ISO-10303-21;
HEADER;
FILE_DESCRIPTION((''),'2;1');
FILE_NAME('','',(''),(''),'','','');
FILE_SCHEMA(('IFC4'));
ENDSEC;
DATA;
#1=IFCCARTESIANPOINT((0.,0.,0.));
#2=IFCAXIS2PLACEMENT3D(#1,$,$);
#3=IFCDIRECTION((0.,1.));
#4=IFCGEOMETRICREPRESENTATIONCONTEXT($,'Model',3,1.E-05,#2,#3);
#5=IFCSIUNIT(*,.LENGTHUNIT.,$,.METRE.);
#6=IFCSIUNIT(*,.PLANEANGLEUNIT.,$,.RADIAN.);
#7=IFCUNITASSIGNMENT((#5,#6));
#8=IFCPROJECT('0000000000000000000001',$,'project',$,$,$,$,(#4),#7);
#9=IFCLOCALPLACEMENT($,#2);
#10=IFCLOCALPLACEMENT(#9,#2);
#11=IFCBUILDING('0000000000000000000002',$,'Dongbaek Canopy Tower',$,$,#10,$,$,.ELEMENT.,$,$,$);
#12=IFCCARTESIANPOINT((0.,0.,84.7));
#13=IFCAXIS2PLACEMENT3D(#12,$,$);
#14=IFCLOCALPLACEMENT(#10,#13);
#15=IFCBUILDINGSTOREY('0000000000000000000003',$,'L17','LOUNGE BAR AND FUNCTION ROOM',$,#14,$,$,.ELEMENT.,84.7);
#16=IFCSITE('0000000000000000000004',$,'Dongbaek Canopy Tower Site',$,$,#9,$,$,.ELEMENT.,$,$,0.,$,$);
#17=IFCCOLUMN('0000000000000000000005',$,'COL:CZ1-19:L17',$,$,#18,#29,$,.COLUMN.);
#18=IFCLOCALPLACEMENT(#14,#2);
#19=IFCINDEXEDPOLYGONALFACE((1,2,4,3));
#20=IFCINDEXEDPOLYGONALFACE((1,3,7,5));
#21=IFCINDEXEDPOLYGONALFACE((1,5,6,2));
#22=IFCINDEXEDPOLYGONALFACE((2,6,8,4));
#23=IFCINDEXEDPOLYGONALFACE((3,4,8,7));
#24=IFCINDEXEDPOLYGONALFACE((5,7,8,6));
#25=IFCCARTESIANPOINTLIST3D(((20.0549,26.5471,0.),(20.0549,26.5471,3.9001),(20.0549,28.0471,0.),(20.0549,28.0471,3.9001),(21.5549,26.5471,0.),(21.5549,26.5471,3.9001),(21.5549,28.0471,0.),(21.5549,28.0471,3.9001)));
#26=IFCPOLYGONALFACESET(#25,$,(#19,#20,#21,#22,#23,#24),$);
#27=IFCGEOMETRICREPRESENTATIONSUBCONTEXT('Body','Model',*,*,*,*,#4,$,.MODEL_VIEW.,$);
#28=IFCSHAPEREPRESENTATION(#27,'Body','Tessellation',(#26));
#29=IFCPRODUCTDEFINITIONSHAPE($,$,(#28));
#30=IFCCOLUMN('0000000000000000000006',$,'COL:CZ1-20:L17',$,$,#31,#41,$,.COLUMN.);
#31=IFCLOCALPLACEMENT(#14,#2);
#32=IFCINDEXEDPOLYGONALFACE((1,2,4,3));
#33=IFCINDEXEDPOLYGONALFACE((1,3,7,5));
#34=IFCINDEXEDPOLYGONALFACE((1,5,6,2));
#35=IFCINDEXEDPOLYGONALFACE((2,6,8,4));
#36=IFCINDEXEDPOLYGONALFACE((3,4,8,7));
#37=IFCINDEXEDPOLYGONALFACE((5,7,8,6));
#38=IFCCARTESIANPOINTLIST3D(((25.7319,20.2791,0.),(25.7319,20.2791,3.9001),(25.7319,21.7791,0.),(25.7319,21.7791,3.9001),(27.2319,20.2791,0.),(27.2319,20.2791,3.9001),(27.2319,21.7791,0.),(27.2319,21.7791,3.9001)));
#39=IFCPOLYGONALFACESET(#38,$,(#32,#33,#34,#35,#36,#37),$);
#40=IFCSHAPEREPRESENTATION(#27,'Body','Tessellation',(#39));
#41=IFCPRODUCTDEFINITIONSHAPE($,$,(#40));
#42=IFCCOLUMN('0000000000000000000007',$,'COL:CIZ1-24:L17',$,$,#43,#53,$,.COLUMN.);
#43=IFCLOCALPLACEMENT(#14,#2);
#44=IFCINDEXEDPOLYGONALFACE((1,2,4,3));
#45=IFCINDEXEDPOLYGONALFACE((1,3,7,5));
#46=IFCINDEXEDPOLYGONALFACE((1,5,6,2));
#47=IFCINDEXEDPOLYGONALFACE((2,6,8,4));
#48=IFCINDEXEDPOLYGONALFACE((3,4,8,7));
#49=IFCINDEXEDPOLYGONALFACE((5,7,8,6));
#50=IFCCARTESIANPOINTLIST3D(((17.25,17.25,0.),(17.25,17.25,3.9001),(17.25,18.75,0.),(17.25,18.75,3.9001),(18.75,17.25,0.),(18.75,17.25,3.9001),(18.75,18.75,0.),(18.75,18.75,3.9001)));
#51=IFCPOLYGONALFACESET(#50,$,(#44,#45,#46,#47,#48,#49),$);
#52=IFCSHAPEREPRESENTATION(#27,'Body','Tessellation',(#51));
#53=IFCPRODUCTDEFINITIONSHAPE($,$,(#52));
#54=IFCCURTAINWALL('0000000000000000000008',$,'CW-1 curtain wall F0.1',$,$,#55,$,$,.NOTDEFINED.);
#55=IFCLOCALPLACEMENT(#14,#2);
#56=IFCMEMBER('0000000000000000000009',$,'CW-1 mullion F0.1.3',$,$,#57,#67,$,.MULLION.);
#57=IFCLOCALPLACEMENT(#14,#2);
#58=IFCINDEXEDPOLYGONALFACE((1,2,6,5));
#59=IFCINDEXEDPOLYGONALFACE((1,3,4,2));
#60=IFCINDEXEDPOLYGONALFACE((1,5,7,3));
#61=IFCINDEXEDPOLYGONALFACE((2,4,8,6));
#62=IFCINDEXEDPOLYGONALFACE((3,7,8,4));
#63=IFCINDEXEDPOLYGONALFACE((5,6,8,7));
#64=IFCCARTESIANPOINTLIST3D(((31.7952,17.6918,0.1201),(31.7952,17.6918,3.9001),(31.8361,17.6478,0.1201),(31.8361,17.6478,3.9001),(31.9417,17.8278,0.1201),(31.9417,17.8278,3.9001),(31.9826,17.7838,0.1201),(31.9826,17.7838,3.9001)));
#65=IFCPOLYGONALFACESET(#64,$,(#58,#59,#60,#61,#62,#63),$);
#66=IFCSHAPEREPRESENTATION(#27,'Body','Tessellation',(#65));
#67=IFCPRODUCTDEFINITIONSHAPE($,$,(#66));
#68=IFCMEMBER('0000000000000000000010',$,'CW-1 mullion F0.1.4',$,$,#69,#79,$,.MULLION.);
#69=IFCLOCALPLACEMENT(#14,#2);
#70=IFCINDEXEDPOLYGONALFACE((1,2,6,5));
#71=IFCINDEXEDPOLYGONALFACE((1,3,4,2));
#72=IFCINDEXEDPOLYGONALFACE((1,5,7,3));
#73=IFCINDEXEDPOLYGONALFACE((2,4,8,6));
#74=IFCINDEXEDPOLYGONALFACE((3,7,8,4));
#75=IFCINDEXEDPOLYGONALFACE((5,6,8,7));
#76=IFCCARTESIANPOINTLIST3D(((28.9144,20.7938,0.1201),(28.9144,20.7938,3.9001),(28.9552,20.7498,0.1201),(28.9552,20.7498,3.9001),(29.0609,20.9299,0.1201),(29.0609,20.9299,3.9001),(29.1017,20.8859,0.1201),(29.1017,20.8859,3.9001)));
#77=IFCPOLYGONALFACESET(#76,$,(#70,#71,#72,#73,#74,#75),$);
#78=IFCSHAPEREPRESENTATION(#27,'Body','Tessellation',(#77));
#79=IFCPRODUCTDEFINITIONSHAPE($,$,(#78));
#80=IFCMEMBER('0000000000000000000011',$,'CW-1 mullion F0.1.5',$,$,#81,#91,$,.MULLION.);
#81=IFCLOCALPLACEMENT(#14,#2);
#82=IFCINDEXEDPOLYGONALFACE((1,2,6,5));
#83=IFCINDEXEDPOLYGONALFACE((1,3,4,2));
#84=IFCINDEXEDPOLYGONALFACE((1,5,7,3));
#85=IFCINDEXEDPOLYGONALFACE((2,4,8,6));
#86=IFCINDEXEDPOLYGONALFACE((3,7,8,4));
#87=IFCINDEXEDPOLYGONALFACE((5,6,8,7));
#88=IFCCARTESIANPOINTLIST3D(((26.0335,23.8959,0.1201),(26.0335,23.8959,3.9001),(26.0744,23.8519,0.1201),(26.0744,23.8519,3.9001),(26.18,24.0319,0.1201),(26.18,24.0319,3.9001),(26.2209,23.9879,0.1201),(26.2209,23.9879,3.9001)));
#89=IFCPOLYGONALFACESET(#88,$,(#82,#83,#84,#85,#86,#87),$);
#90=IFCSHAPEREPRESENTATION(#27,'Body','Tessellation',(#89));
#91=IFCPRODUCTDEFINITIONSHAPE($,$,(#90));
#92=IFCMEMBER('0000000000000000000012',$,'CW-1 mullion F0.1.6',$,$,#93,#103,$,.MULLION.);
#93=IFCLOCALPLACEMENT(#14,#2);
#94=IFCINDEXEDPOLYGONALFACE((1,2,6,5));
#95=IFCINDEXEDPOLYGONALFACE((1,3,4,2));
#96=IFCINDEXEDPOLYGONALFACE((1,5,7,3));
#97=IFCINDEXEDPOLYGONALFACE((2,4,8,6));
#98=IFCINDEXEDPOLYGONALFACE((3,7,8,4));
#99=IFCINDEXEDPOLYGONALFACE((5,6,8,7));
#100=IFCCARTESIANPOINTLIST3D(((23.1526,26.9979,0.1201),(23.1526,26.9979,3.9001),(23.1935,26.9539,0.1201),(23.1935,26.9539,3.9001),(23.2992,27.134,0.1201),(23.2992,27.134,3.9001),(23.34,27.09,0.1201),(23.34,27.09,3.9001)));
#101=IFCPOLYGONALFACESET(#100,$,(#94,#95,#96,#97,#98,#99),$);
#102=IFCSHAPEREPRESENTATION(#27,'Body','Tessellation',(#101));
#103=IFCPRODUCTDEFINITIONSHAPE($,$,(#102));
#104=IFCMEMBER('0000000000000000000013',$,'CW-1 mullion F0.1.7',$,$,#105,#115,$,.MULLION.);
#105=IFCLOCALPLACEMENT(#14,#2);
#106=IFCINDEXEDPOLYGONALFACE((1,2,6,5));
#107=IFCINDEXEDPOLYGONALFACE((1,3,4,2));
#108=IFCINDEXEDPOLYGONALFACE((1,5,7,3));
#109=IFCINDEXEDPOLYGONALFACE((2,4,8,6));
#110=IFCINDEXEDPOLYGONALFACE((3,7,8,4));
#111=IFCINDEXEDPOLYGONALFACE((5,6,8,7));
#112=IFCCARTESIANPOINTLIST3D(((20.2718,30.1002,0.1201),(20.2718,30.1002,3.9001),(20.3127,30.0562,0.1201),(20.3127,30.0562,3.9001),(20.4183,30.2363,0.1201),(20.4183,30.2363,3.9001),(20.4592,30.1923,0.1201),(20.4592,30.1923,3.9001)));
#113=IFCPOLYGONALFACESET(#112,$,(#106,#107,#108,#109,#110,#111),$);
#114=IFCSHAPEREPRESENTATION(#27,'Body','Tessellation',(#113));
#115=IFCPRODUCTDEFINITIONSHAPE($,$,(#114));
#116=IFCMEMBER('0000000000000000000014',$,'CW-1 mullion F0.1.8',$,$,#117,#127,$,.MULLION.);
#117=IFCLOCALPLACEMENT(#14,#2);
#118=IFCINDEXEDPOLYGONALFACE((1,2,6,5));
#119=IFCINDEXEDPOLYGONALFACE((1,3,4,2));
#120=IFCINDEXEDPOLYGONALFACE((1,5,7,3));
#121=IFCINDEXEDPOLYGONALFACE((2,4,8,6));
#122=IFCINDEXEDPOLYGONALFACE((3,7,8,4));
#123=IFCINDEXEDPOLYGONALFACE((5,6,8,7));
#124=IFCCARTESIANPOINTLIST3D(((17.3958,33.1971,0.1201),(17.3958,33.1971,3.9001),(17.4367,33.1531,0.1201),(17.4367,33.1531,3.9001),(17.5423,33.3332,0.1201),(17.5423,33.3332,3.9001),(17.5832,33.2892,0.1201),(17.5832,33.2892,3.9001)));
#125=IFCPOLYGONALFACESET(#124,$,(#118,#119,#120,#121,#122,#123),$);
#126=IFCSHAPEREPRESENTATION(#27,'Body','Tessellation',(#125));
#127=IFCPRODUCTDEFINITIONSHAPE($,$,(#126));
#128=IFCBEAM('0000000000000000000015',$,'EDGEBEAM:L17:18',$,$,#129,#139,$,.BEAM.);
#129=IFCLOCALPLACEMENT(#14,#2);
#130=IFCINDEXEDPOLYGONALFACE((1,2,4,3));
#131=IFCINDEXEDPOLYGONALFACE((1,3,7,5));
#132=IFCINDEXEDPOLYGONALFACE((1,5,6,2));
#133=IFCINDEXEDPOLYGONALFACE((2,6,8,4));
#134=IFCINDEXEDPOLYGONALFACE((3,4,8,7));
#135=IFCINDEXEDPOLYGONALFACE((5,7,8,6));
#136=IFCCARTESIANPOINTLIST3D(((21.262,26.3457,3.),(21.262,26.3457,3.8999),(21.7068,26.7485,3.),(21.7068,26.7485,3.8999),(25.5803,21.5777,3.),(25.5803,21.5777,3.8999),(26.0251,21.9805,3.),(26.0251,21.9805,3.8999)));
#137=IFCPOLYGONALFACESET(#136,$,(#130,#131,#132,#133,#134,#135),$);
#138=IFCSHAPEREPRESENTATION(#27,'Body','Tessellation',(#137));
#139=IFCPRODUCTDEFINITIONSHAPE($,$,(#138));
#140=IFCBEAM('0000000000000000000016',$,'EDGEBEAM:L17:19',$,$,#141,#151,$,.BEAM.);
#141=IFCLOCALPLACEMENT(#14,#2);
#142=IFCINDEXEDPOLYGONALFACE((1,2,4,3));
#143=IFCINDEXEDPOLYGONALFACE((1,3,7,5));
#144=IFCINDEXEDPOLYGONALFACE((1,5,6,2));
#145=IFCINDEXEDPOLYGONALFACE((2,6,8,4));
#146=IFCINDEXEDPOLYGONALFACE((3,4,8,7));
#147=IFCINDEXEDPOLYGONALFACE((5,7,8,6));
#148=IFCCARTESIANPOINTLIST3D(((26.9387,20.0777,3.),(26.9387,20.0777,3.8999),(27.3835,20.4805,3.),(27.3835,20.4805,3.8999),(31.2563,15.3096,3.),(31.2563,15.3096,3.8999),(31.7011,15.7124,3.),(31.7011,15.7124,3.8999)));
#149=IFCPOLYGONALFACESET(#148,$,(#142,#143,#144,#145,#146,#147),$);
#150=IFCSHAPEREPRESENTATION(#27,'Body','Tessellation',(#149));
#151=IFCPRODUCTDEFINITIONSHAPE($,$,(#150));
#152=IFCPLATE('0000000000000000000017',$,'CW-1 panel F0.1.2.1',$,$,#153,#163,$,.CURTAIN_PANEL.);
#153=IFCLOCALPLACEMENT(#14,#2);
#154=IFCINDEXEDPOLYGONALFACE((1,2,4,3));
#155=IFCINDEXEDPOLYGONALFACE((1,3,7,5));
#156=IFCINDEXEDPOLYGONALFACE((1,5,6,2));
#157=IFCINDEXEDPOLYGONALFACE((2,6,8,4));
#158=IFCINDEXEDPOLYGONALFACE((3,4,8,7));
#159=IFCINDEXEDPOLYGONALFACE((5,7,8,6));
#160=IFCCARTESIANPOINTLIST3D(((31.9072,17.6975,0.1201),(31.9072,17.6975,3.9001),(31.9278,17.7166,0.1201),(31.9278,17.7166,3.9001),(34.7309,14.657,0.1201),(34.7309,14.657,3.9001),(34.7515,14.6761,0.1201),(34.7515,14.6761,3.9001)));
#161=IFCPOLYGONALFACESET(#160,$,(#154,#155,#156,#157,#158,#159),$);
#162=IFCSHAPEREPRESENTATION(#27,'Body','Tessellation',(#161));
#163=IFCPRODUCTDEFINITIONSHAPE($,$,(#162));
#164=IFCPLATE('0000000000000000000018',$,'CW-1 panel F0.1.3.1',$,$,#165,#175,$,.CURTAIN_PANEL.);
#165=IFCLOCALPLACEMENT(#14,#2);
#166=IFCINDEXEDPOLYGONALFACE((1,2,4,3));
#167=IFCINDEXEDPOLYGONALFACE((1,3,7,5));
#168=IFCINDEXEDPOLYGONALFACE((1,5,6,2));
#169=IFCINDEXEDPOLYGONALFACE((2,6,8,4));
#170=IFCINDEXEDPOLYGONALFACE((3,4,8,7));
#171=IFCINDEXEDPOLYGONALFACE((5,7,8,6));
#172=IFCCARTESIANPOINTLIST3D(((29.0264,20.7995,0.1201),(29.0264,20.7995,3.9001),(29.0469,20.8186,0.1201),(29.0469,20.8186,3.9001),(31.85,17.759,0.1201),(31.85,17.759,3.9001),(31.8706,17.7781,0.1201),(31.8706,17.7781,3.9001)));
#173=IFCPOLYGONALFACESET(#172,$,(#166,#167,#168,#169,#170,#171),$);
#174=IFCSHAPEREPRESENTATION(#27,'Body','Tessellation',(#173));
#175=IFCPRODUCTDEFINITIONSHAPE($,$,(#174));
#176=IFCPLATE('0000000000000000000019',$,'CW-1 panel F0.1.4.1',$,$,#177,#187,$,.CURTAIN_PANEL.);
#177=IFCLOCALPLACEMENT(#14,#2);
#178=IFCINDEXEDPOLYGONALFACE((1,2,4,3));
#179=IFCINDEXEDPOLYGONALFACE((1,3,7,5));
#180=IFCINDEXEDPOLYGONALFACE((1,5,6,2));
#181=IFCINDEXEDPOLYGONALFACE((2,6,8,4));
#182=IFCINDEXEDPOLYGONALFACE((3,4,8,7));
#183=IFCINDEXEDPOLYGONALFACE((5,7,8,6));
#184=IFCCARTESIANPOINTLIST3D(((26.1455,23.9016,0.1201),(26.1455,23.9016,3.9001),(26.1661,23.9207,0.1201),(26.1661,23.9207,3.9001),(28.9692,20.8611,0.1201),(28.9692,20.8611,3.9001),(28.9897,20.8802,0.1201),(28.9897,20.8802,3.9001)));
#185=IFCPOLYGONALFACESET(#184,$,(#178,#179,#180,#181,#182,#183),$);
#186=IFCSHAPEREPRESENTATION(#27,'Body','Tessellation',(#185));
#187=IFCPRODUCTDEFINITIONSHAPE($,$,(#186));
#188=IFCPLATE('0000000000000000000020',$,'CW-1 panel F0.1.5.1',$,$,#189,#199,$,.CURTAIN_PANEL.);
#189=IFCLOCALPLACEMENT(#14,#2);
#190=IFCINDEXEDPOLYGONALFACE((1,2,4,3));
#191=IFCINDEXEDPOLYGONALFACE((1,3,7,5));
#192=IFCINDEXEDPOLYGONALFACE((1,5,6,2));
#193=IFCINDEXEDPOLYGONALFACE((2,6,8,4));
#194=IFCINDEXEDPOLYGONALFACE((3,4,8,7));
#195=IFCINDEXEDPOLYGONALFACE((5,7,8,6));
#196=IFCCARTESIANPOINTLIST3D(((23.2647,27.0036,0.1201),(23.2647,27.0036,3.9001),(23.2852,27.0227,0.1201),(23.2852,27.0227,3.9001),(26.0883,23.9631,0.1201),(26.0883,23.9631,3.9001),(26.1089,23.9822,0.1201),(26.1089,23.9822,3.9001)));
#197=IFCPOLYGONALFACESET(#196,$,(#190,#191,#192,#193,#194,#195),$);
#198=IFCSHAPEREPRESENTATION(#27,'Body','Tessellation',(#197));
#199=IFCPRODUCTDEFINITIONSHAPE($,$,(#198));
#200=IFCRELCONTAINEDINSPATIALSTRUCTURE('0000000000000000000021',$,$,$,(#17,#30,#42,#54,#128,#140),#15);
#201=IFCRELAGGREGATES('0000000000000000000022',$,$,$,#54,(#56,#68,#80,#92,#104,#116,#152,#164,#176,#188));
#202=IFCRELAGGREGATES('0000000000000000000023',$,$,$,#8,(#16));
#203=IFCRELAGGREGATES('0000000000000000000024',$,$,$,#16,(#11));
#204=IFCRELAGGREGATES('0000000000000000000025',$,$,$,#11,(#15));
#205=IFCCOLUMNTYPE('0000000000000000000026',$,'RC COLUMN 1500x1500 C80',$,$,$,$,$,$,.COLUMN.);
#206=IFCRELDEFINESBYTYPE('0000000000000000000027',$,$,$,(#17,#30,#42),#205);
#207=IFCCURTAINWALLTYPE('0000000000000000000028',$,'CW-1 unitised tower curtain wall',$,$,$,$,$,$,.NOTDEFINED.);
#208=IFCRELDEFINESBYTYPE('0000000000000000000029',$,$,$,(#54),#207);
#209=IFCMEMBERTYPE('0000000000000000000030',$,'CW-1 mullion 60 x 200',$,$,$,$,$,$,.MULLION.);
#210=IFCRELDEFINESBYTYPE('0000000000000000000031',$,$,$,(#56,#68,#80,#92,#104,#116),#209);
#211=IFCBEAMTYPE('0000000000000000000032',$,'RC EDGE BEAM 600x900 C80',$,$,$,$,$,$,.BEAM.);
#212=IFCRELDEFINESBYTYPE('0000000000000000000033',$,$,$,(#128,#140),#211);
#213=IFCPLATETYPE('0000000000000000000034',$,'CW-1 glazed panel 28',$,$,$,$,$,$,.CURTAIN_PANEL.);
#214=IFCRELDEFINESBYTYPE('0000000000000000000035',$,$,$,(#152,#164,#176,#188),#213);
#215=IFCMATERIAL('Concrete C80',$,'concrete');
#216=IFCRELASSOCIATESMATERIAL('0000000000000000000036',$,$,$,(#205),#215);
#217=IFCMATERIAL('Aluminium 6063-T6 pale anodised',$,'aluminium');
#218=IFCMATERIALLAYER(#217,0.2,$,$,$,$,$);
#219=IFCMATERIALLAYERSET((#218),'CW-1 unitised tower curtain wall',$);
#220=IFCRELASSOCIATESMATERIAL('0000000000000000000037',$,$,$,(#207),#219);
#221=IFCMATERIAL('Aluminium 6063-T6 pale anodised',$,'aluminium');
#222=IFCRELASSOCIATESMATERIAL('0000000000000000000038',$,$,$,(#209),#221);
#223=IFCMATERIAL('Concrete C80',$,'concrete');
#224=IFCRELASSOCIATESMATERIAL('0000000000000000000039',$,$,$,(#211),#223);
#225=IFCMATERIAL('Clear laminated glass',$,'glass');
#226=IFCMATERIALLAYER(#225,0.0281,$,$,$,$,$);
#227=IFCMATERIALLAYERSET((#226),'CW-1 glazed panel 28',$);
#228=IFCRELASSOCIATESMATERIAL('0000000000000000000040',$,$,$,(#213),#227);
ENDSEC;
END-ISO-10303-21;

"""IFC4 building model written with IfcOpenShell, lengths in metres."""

from ifc_helpers import new_model, si_unit, direction, frame, origin, origin_2d, place, context, subcontext, project, spatial, rectangle, extrude, material, layer, layer_set, material_profile, profile_set, type_object, element, aggregate, save


model = new_model("IFC4")

# Units and contexts
model_context = context("Model", 3, precision=1e-05, world=origin(), true_north=direction((0.0, 1.0)))
body_context = subcontext(model_context, "Body", "Model", "MODEL_VIEW")
ifc_project = project(units=[si_unit("LENGTHUNIT", "METRE"), si_unit("PLANEANGLEUNIT", "RADIAN")], contexts=[model_context])

# Site, building, storey
site_placement = place(None, origin())
site = spatial("IfcSite", under=ifc_project, at=site_placement, Name="Dongbaek Canopy Tower Site", CompositionType="ELEMENT", RefElevation=0.0)
building_placement = place(site_placement, origin())
building = spatial("IfcBuilding", under=site, at=building_placement, Name="Dongbaek Canopy Tower", CompositionType="ELEMENT")
storey_placement = place(building_placement, frame((0.0, 0.0, 84.7)))
storey = spatial("IfcBuildingStorey", under=building, at=storey_placement, Name="L17", Description="LOUNGE BAR AND FUNCTION ROOM", CompositionType="ELEMENT", Elevation=84.7)

# Columns
ifc_material_1 = material(Name="Concrete C80", Category="concrete")
ifc_material_profile_1 = material_profile(ifc_material_1, rectangle(XDim=1.5, YDim=1.5, at=origin_2d()), Name="RC COLUMN 1500x1500 C80")
ifc_profile_set_1 = profile_set([ifc_material_profile_1], Name="Concrete C80")
column_type = type_object("IfcColumnType", Name="RC COLUMN 1500x1500 C80", PredefinedType="COLUMN", material=ifc_profile_set_1)
for number, where, z_axis, x_axis, name in (
    (1, (20.8049, 27.2971, 0.0), (0.0, 0.0, 1.0), (1.0, 0.0, 0.0), "COL:CZ1-19:L17"),
    (2, (26.4819, 21.0291, 0.0), (0.0, 0.0, 1.0), (1.0, 0.0, 0.0), "COL:CZ1-20:L17"),
    (3, (18.0, 18.0, 0.0), (0.0, 0.0, 1.0), (1.0, 0.0, 0.0), "COL:CIZ1-24:L17"),
):
    element("IfcColumn", number, at=place(storey_placement, frame(where, z_axis=z_axis, x_axis=x_axis)), inside=storey, type_object=column_type, Name=name, PredefinedType="COLUMN", context=body_context, shape_type="SweptSolid", body=[
        extrude(rectangle(XDim=1.5, YDim=1.5, at=origin_2d()), origin(), (0.0, 0.0, 1.0), 3.9001),
    ])

# Curtain wall, members
ifc_material_2 = material(Name="Aluminium 6063-T6 pale anodised", Category="aluminium")
ifc_layer_1 = layer(ifc_material_2, 0.2)
ifc_layer_set_1 = layer_set([ifc_layer_1], Name="CW-1 unitised tower curtain wall")
curtain_wall_type = type_object("IfcCurtainWallType", Name="CW-1 unitised tower curtain wall", PredefinedType="NOTDEFINED", material=ifc_layer_set_1)
curtain_wall_1_placement = place(storey_placement, origin())
curtain_wall_1 = element("IfcCurtainWall", 4, at=curtain_wall_1_placement, inside=storey, type_object=curtain_wall_type, Name="CW-1 curtain wall F0.1", PredefinedType="NOTDEFINED")
ifc_material_3 = material(Name="Aluminium 6063-T6 pale anodised", Category="aluminium")
ifc_material_profile_2 = material_profile(ifc_material_3, rectangle(XDim=0.2, YDim=0.0601, at=origin_2d()), Name="CW-1 mullion 60 x 200")
ifc_profile_set_2 = profile_set([ifc_material_profile_2], Name="Aluminium 6063-T6 pale anodised")
member_type = type_object("IfcMemberType", Name="CW-1 mullion 60 x 200", PredefinedType="MULLION", material=ifc_profile_set_2)
member_1_placement = place(storey_placement, frame((31.8889, 17.7378, 0.1201), z_axis=(0.0, 0.0, 1.0), x_axis=(0.732753, 0.680495, 0.0)))
member_1 = element("IfcMember", 5, at=member_1_placement, type_object=member_type, Name="CW-1 mullion F0.1.3", PredefinedType="MULLION", context=body_context, shape_type="SweptSolid", body=[
    extrude(rectangle(XDim=0.2, YDim=0.0601, at=origin_2d()), origin(), (0.0, 0.0, 1.0), 3.78),
])
member_2_placement = place(storey_placement, frame((29.0081, 20.8398, 0.1201), z_axis=(0.0, 0.0, 1.0), x_axis=(0.732753, 0.680495, 0.0)))
member_2 = element("IfcMember", 6, at=member_2_placement, type_object=member_type, Name="CW-1 mullion F0.1.4", PredefinedType="MULLION", context=body_context, shape_type="SweptSolid", body=[
    extrude(rectangle(XDim=0.2, YDim=0.0601, at=origin_2d()), origin(), (0.0, 0.0, 1.0), 3.78),
])
member_3_placement = place(storey_placement, frame((26.1272, 23.9419, 0.1201), z_axis=(0.0, 0.0, 1.0), x_axis=(0.732753, 0.680495, 0.0)))
member_3 = element("IfcMember", 7, at=member_3_placement, type_object=member_type, Name="CW-1 mullion F0.1.5", PredefinedType="MULLION", context=body_context, shape_type="SweptSolid", body=[
    extrude(rectangle(XDim=0.2, YDim=0.0601, at=origin_2d()), origin(), (0.0, 0.0, 1.0), 3.78),
])
member_4_placement = place(storey_placement, frame((23.2463, 27.0439, 0.1201), z_axis=(0.0, 0.0, 1.0), x_axis=(0.732753, 0.680495, 0.0)))
member_4 = element("IfcMember", 8, at=member_4_placement, type_object=member_type, Name="CW-1 mullion F0.1.6", PredefinedType="MULLION", context=body_context, shape_type="SweptSolid", body=[
    extrude(rectangle(XDim=0.2, YDim=0.0601, at=origin_2d()), origin(), (0.0, 0.0, 1.0), 3.78),
])
member_5_placement = place(storey_placement, frame((20.3655, 30.1462, 0.1201), z_axis=(0.0, 0.0, 1.0), x_axis=(0.732753, 0.680495, 0.0)))
member_5 = element("IfcMember", 9, at=member_5_placement, type_object=member_type, Name="CW-1 mullion F0.1.7", PredefinedType="MULLION", context=body_context, shape_type="SweptSolid", body=[
    extrude(rectangle(XDim=0.2, YDim=0.0601, at=origin_2d()), origin(), (0.0, 0.0, 1.0), 3.78),
])
member_6_placement = place(storey_placement, frame((17.4895, 33.2432, 0.1201), z_axis=(0.0, 0.0, 1.0), x_axis=(0.732753, 0.680495, 0.0)))
member_6 = element("IfcMember", 10, at=member_6_placement, type_object=member_type, Name="CW-1 mullion F0.1.8", PredefinedType="MULLION", context=body_context, shape_type="SweptSolid", body=[
    extrude(rectangle(XDim=0.2, YDim=0.0601, at=origin_2d()), origin(), (0.0, 0.0, 1.0), 3.78),
])

# Beams
ifc_material_4 = material(Name="Concrete C80", Category="concrete")
ifc_material_profile_3 = material_profile(ifc_material_4, rectangle(XDim=0.6001, YDim=0.8999, at=origin_2d()), Name="RC EDGE BEAM 600x900 C80")
ifc_profile_set_3 = profile_set([ifc_material_profile_3], Name="Concrete C80")
beam_type = type_object("IfcBeamType", Name="RC EDGE BEAM 600x900 C80", PredefinedType="BEAM", material=ifc_profile_set_3)
beam_1_placement = place(storey_placement, frame((21.4844, 26.5471, 3.45), z_axis=(0.671289, -0.741196, 0.0), x_axis=(0.741196, 0.671289, 0.0)))
element("IfcBeam", 11, at=beam_1_placement, inside=storey, type_object=beam_type, Name="EDGEBEAM:L17:18", PredefinedType="BEAM", context=body_context, shape_type="SweptSolid", body=[
    extrude(rectangle(XDim=0.6001, YDim=0.8999, at=origin_2d()), origin(), (0.0, 0.0, 1.0), 6.4329),
])
beam_2_placement = place(storey_placement, frame((27.1611, 20.2791, 3.45), z_axis=(0.671226, -0.741252, 0.0), x_axis=(0.741252, 0.671226, 0.0)))
element("IfcBeam", 12, at=beam_2_placement, inside=storey, type_object=beam_type, Name="EDGEBEAM:L17:19", PredefinedType="BEAM", context=body_context, shape_type="SweptSolid", body=[
    extrude(rectangle(XDim=0.6001, YDim=0.8999, at=origin_2d()), origin(), (0.0, 0.0, 1.0), 6.4324),
])

# Plates
ifc_material_5 = material(Name="Clear laminated glass", Category="glass")
ifc_layer_2 = layer(ifc_material_5, 0.0281)
ifc_layer_set_2 = layer_set([ifc_layer_2], Name="CW-1 glazed panel 28")
plate_type = type_object("IfcPlateType", Name="CW-1 glazed panel 28", PredefinedType="CURTAIN_PANEL", material=ifc_layer_set_2)
plate_1_placement = place(storey_placement, frame((33.3293, 16.1868, 0.1201), z_axis=(0.0, 0.0, 1.0), x_axis=(-0.680495, 0.732753, 0.0)))
plate_1 = element("IfcPlate", 13, at=plate_1_placement, type_object=plate_type, Name="CW-1 panel F0.1.2.1", PredefinedType="CURTAIN_PANEL", context=body_context, shape_type="SweptSolid", body=[
    extrude(rectangle(XDim=4.1494, YDim=0.0281, at=origin_2d()), origin(), (0.0, 0.0, 1.0), 3.78),
])
plate_2_placement = place(storey_placement, frame((30.4485, 19.2888, 0.1201), z_axis=(0.0, 0.0, 1.0), x_axis=(-0.680495, 0.732753, 0.0)))
plate_2 = element("IfcPlate", 14, at=plate_2_placement, type_object=plate_type, Name="CW-1 panel F0.1.3.1", PredefinedType="CURTAIN_PANEL", context=body_context, shape_type="SweptSolid", body=[
    extrude(rectangle(XDim=4.1494, YDim=0.0281, at=origin_2d()), origin(), (0.0, 0.0, 1.0), 3.78),
])
plate_3_placement = place(storey_placement, frame((27.5676, 22.3909, 0.1201), z_axis=(0.0, 0.0, 1.0), x_axis=(-0.680495, 0.732753, 0.0)))
plate_3 = element("IfcPlate", 15, at=plate_3_placement, type_object=plate_type, Name="CW-1 panel F0.1.4.1", PredefinedType="CURTAIN_PANEL", context=body_context, shape_type="SweptSolid", body=[
    extrude(rectangle(XDim=4.1494, YDim=0.0281, at=origin_2d()), origin(), (0.0, 0.0, 1.0), 3.78),
])
plate_4_placement = place(storey_placement, frame((24.6868, 25.4929, 0.1201), z_axis=(0.0, 0.0, 1.0), x_axis=(-0.680495, 0.732753, 0.0)))
plate_4 = element("IfcPlate", 16, at=plate_4_placement, type_object=plate_type, Name="CW-1 panel F0.1.5.1", PredefinedType="CURTAIN_PANEL", context=body_context, shape_type="SweptSolid", body=[
    extrude(rectangle(XDim=4.1494, YDim=0.0281, at=origin_2d()), origin(), (0.0, 0.0, 1.0), 3.78),
])

aggregate(curtain_wall_1, [member_1, member_2, member_3, member_4, member_5, member_6, plate_1, plate_2, plate_3, plate_4])

save(model, "model.ifc")
